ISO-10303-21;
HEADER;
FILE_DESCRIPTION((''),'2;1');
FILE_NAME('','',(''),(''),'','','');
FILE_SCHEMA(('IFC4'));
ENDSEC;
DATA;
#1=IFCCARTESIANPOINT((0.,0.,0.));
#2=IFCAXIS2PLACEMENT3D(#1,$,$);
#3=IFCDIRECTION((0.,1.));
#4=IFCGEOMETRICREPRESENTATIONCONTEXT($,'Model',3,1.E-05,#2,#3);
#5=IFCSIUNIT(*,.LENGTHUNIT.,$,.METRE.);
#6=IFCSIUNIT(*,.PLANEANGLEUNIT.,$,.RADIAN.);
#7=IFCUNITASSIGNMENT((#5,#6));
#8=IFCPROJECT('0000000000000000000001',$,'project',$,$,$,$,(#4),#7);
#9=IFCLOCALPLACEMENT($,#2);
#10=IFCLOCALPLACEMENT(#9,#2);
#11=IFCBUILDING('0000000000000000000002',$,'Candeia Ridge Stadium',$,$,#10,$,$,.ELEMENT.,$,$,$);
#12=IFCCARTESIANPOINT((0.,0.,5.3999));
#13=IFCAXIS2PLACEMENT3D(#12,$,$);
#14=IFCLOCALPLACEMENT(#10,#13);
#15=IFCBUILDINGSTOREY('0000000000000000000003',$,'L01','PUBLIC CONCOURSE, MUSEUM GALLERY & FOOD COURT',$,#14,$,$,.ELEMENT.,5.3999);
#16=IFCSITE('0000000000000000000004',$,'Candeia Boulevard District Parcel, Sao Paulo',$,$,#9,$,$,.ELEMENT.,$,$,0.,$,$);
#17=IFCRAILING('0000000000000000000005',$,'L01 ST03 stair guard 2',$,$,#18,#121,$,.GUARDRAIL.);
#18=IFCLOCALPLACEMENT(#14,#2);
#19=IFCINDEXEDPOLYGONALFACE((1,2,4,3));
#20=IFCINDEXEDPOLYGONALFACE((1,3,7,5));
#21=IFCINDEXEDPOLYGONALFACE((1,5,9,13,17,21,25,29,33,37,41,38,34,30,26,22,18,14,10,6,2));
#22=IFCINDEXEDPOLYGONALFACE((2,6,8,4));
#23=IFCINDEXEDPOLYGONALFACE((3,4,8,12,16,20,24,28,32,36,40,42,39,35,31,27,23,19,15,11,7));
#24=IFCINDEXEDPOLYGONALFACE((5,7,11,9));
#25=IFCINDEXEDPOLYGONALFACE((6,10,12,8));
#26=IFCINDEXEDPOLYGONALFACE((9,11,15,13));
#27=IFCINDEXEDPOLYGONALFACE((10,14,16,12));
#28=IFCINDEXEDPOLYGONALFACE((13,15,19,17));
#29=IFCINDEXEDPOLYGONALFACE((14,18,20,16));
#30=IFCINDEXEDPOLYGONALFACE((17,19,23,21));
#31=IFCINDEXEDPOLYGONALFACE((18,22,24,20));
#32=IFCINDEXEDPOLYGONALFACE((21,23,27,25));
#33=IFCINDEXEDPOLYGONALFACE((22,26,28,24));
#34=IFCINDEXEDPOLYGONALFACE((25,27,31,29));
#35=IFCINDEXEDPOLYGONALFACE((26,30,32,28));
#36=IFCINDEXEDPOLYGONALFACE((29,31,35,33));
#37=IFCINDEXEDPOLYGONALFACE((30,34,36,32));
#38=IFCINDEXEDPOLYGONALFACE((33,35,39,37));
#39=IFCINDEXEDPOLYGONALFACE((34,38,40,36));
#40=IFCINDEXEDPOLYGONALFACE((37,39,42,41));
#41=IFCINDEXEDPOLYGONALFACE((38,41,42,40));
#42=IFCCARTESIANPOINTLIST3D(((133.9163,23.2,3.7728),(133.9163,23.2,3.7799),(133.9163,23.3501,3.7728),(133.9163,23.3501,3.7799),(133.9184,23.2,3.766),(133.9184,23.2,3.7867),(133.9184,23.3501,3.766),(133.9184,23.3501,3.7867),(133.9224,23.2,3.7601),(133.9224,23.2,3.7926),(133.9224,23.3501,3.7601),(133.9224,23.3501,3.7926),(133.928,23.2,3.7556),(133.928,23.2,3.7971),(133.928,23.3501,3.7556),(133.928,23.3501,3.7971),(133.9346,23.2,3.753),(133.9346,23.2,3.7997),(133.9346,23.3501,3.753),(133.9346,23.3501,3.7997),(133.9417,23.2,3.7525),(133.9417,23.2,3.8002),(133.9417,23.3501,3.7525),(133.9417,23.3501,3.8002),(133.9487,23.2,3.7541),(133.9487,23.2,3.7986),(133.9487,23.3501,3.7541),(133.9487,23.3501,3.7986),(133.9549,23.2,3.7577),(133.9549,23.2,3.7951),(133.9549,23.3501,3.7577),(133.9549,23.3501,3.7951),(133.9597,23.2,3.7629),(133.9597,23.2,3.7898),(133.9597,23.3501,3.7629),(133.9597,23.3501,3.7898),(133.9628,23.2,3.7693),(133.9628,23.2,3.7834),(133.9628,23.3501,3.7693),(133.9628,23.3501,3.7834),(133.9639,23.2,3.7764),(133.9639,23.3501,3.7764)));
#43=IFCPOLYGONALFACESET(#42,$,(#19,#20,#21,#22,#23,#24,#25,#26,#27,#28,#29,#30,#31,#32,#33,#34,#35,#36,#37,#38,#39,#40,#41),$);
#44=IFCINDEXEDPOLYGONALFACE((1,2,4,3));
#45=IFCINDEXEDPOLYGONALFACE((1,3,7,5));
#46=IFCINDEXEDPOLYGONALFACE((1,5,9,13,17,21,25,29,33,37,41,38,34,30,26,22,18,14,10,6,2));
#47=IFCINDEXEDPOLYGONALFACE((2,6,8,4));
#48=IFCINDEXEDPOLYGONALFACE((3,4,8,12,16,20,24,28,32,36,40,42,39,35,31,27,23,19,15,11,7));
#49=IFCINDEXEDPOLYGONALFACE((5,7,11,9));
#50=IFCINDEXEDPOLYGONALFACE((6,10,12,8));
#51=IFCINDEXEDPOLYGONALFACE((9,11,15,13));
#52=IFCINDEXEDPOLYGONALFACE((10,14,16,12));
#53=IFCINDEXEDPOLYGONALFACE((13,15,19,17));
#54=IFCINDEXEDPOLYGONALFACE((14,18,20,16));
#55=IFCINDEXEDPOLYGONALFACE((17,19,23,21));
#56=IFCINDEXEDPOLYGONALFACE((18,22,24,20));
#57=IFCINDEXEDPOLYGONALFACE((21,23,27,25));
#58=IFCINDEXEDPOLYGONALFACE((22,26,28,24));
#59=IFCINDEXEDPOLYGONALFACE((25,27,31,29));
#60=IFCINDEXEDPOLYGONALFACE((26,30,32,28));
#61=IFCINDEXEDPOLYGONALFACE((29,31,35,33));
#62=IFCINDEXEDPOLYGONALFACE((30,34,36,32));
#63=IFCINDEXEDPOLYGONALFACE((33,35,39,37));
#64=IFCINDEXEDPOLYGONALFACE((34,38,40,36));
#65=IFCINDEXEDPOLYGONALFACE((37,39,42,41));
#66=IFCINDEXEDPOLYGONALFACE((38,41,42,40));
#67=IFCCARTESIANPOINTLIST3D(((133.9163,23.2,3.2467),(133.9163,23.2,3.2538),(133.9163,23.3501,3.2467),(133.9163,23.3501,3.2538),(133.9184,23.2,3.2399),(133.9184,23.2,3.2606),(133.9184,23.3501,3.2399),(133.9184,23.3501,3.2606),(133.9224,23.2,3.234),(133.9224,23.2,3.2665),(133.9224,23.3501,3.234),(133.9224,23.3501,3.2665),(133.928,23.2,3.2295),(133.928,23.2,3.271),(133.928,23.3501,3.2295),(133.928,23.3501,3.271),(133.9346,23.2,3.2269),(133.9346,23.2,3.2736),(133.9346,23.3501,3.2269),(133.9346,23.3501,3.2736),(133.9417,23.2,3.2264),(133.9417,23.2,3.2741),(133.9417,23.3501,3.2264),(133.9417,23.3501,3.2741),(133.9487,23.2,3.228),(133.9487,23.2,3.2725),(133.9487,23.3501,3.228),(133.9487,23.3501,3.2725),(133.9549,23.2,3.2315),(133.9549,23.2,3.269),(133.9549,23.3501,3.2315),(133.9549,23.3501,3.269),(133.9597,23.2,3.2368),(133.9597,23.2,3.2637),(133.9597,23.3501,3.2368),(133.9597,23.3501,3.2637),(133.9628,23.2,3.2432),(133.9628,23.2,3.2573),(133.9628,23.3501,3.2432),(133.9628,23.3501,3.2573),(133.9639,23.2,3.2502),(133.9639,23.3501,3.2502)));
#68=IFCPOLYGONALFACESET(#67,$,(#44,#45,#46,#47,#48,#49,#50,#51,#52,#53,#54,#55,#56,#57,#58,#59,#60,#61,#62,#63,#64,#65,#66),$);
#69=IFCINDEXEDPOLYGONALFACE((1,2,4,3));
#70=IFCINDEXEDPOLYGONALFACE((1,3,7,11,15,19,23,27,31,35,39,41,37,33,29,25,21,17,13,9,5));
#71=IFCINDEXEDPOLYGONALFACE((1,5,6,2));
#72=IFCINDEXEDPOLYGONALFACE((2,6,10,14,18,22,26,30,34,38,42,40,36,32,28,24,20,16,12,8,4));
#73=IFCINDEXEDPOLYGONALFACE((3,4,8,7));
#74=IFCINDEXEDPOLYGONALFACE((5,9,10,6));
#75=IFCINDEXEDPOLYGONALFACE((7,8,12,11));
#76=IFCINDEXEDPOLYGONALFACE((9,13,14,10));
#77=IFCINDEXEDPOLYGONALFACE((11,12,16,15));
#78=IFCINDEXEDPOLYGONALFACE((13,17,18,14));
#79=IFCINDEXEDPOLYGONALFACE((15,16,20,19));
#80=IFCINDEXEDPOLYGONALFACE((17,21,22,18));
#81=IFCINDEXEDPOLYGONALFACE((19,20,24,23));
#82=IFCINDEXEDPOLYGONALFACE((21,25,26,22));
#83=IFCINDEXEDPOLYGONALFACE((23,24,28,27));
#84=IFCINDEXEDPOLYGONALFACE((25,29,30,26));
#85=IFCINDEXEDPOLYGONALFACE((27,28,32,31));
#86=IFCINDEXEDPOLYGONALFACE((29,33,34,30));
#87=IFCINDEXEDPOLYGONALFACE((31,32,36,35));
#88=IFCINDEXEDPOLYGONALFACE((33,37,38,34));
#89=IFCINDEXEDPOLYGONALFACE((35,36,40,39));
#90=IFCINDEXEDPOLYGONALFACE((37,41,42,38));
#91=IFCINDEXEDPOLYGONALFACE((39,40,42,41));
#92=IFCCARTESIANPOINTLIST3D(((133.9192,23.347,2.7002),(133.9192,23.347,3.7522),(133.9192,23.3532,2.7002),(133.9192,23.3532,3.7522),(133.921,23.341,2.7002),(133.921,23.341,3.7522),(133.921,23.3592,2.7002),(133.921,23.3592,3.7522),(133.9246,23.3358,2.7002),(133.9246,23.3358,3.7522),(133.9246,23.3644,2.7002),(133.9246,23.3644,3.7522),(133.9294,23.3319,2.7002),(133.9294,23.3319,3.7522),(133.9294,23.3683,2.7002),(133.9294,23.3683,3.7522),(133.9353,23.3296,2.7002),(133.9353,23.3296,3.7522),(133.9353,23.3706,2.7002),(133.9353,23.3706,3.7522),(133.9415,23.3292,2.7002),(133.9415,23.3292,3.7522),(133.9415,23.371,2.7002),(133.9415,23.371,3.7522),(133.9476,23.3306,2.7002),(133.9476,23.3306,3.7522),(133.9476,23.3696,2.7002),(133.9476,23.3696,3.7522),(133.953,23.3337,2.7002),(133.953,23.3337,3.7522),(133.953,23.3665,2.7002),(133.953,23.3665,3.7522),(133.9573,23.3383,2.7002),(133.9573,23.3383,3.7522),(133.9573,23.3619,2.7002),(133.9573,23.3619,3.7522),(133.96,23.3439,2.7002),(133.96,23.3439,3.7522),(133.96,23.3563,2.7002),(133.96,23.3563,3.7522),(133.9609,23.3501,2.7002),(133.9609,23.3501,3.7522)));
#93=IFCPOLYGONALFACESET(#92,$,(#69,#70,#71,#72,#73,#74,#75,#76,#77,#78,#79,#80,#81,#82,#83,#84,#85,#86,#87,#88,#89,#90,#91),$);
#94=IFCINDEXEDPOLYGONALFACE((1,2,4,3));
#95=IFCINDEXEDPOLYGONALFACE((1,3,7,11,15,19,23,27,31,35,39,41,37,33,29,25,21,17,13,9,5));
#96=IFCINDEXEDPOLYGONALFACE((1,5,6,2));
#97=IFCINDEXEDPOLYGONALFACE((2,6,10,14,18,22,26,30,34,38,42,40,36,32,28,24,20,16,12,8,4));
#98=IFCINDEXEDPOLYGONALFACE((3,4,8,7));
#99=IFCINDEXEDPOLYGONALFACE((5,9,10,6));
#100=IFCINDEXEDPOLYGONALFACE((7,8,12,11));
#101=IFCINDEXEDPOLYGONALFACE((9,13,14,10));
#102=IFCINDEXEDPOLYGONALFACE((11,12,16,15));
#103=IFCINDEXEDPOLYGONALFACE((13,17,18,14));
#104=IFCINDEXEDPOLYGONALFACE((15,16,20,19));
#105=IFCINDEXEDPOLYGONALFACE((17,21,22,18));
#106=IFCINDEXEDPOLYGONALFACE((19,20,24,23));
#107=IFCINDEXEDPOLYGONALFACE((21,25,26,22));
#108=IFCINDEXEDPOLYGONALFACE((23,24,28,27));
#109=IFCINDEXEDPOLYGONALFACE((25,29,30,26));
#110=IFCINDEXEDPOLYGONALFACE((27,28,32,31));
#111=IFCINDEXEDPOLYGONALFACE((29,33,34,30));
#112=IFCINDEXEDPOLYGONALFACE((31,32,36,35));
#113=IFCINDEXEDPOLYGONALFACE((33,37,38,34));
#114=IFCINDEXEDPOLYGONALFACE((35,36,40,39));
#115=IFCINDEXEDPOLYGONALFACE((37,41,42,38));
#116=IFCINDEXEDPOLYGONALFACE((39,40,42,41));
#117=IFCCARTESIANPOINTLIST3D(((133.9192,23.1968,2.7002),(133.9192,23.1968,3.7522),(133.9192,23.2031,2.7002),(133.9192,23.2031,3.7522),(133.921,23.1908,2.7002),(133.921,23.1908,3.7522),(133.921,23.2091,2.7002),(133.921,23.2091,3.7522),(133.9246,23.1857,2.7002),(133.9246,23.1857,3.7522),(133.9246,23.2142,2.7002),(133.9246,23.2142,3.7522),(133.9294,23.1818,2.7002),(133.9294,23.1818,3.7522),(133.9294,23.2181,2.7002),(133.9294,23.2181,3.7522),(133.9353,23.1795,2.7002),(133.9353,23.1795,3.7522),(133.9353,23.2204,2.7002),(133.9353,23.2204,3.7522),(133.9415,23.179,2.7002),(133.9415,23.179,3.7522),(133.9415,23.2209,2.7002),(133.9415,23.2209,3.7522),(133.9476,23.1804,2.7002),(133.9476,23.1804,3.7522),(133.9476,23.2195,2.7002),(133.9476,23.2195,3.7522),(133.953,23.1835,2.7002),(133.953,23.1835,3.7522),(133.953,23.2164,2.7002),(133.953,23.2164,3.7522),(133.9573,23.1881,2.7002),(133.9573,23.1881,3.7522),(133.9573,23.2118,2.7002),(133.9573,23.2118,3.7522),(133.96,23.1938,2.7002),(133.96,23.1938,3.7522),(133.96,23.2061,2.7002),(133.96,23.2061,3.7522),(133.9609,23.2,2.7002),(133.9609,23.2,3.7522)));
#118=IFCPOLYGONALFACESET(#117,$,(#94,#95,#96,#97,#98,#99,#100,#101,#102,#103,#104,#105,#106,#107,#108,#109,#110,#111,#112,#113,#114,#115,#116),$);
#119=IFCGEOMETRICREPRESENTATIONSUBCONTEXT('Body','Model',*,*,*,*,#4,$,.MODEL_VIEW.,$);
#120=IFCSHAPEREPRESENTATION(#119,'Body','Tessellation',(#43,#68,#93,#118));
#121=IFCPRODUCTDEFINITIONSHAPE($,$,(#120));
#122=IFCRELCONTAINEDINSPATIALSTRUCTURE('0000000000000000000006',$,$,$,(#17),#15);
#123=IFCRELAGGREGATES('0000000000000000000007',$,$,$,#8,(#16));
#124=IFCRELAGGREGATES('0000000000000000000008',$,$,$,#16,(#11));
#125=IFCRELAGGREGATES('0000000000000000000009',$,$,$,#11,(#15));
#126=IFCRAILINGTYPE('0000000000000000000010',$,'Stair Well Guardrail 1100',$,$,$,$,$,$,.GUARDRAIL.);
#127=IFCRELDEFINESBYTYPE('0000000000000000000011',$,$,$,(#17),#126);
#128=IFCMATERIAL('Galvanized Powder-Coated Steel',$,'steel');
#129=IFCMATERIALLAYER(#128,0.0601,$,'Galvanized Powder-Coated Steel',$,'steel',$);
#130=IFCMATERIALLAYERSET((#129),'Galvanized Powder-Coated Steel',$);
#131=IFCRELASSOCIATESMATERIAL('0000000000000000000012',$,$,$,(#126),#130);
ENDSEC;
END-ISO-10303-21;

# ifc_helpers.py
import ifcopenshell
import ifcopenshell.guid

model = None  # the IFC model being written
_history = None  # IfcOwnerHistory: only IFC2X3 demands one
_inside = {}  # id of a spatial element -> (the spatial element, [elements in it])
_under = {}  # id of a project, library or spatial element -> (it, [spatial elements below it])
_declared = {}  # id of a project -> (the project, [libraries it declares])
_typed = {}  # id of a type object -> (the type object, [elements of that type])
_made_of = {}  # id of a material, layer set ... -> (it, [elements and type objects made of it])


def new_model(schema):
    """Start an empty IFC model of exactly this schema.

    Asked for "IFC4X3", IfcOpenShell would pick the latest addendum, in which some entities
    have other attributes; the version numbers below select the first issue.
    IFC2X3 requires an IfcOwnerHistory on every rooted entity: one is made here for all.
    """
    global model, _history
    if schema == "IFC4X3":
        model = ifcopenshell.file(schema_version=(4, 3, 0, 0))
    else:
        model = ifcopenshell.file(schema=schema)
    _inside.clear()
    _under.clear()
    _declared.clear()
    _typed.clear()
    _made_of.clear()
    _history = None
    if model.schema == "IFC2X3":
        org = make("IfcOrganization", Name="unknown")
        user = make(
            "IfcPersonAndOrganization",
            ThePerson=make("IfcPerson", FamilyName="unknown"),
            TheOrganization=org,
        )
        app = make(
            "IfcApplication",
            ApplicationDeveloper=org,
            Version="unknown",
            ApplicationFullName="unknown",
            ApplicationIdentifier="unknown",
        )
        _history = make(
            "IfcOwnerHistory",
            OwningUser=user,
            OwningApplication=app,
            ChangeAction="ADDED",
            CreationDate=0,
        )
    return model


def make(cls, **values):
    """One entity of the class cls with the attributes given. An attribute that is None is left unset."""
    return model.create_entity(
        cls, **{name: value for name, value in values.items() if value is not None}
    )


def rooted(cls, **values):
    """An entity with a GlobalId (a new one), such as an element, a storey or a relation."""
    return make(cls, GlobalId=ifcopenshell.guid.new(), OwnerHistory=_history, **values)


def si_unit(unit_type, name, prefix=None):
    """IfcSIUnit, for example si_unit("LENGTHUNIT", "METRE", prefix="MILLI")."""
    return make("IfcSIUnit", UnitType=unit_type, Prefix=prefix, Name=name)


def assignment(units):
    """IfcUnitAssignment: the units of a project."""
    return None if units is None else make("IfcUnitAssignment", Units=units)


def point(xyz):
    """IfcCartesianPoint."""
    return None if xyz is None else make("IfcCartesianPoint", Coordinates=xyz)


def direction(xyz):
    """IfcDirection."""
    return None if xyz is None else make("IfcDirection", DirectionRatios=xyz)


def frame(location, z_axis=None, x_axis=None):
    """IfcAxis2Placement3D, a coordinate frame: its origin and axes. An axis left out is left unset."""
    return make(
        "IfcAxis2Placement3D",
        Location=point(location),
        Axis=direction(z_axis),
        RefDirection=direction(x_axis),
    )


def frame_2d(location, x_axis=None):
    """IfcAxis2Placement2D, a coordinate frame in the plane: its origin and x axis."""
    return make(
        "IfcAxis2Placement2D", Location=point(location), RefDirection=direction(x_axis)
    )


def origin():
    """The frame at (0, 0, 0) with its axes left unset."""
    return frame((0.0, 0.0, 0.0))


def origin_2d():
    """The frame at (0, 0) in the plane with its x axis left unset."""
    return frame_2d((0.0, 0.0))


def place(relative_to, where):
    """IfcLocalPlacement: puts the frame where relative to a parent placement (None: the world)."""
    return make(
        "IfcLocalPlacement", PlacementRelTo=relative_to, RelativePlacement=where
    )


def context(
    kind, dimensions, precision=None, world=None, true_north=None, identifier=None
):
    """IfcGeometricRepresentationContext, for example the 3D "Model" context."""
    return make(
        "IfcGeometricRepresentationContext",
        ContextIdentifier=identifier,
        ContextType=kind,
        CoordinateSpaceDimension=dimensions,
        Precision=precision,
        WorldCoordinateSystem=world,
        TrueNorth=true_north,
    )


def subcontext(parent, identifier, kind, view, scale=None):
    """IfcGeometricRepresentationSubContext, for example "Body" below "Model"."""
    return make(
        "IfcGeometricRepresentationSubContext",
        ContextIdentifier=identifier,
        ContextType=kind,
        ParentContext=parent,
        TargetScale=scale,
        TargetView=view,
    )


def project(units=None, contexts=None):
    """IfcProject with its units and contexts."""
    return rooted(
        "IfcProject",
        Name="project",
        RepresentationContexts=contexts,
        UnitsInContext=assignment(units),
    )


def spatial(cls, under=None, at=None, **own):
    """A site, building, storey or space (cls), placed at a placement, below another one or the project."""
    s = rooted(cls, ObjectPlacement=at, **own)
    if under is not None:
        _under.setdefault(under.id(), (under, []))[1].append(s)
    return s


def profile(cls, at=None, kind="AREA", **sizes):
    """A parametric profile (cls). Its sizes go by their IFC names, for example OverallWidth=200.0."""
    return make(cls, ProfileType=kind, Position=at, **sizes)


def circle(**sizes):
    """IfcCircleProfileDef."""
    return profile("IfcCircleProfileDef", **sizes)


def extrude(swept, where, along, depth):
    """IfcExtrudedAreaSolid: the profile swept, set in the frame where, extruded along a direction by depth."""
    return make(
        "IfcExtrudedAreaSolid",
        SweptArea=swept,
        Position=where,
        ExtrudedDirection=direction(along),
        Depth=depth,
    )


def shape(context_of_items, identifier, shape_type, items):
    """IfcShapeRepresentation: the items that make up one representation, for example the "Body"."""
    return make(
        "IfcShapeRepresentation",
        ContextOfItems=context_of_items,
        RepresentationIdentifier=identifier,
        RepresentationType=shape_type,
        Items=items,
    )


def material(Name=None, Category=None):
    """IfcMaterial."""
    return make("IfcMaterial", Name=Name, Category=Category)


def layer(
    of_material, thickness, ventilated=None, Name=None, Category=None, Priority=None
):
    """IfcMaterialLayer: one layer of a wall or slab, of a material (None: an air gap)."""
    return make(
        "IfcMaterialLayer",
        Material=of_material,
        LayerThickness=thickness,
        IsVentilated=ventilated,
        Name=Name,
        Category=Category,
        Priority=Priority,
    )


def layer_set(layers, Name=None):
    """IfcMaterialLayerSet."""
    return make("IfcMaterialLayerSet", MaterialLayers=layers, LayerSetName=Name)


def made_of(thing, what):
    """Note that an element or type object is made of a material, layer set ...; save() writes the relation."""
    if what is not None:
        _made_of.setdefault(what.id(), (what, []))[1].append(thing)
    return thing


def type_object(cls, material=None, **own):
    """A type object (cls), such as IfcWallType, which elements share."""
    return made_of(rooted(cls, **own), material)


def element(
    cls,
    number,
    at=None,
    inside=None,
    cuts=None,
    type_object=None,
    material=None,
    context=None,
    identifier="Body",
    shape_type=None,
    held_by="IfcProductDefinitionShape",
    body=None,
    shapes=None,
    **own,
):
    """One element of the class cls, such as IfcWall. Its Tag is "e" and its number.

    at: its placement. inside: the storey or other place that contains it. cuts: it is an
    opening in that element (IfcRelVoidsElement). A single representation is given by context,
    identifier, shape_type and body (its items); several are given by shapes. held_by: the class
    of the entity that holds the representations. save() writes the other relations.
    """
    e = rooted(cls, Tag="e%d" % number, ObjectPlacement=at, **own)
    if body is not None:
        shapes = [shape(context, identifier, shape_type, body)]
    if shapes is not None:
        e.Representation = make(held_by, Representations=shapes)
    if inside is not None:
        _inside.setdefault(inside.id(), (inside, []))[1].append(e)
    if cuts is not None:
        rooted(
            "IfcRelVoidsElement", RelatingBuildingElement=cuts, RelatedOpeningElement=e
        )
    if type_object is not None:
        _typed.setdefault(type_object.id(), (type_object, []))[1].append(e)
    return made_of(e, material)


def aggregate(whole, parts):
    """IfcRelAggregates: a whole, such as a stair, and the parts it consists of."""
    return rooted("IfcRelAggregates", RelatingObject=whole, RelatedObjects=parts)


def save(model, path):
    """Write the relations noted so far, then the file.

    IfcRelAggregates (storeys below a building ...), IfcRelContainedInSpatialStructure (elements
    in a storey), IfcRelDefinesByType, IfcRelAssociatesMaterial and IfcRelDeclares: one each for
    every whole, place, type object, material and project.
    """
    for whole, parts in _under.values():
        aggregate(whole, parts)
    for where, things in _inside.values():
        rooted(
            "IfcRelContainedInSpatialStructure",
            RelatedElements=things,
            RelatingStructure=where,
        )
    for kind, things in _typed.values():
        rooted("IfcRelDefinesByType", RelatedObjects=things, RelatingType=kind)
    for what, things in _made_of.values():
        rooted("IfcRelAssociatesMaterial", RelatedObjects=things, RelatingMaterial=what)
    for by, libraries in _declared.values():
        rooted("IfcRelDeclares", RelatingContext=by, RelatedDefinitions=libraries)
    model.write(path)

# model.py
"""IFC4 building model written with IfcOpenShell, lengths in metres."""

from ifc_helpers import new_model, si_unit, direction, frame, origin, origin_2d, place, context, subcontext, project, spatial, circle, extrude, material, layer, layer_set, type_object, element, save


model = new_model("IFC4")

# Units and contexts
model_context = context("Model", 3, precision=1e-05, world=origin(), true_north=direction((0.0, 1.0)))
body_context = subcontext(model_context, "Body", "Model", "MODEL_VIEW")
ifc_project = project(units=[si_unit("LENGTHUNIT", "METRE"), si_unit("PLANEANGLEUNIT", "RADIAN")], contexts=[model_context])

# Site, building, storey
site_placement = place(None, origin())
site = spatial("IfcSite", under=ifc_project, at=site_placement, Name="Candeia Boulevard District Parcel, Sao Paulo", CompositionType="ELEMENT", RefElevation=0.0)
building_placement = place(site_placement, origin())
building = spatial("IfcBuilding", under=site, at=building_placement, Name="Candeia Ridge Stadium", CompositionType="ELEMENT")
storey_placement = place(building_placement, frame((0.0, 0.0, 5.3999)))
storey = spatial("IfcBuildingStorey", under=building, at=storey_placement, Name="L01", Description="PUBLIC CONCOURSE, MUSEUM GALLERY & FOOD COURT", CompositionType="ELEMENT", Elevation=5.3999)

# Railing
ifc_material_1 = material(Name="Galvanized Powder-Coated Steel", Category="steel")
ifc_layer_1 = layer(ifc_material_1, 0.0601, Name="Galvanized Powder-Coated Steel", Category="steel")
ifc_layer_set_1 = layer_set([ifc_layer_1], Name="Galvanized Powder-Coated Steel")
railing_type_1 = type_object("IfcRailingType", Name="Stair Well Guardrail 1100", PredefinedType="GUARDRAIL", material=ifc_layer_set_1)
railing_1_placement = place(storey_placement, frame((133.9399, 23.3501, 2.7002)))
element("IfcRailing", 1, at=railing_1_placement, inside=storey, type_object=railing_type_1, Name="L01 ST03 stair guard 2", PredefinedType="GUARDRAIL", context=body_context, shape_type="SweptSolid", body=[
    extrude(circle(Radius=0.0239, at=origin_2d()), frame((0.0, 0.0, 1.0762), z_axis=(0.0, -1.0, 0.0), x_axis=(1.0, 0.0, 0.0)), (0.0, 0.0, 1.0), 0.1501),
    extrude(circle(Radius=0.0239, at=origin_2d()), frame((0.0, 0.0, 0.55), z_axis=(0.0, -1.0, 0.0), x_axis=(1.0, 0.0, 0.0)), (0.0, 0.0, 1.0), 0.1501),
    extrude(circle(Radius=0.021, at=origin_2d()), origin(), (0.0, 0.0, 1.0), 1.052),
    extrude(circle(Radius=0.021, at=origin_2d()), frame((0.0, -0.1501, 0.0)), (0.0, 0.0, 1.0), 1.052),
])

save(model, "model.ifc")
